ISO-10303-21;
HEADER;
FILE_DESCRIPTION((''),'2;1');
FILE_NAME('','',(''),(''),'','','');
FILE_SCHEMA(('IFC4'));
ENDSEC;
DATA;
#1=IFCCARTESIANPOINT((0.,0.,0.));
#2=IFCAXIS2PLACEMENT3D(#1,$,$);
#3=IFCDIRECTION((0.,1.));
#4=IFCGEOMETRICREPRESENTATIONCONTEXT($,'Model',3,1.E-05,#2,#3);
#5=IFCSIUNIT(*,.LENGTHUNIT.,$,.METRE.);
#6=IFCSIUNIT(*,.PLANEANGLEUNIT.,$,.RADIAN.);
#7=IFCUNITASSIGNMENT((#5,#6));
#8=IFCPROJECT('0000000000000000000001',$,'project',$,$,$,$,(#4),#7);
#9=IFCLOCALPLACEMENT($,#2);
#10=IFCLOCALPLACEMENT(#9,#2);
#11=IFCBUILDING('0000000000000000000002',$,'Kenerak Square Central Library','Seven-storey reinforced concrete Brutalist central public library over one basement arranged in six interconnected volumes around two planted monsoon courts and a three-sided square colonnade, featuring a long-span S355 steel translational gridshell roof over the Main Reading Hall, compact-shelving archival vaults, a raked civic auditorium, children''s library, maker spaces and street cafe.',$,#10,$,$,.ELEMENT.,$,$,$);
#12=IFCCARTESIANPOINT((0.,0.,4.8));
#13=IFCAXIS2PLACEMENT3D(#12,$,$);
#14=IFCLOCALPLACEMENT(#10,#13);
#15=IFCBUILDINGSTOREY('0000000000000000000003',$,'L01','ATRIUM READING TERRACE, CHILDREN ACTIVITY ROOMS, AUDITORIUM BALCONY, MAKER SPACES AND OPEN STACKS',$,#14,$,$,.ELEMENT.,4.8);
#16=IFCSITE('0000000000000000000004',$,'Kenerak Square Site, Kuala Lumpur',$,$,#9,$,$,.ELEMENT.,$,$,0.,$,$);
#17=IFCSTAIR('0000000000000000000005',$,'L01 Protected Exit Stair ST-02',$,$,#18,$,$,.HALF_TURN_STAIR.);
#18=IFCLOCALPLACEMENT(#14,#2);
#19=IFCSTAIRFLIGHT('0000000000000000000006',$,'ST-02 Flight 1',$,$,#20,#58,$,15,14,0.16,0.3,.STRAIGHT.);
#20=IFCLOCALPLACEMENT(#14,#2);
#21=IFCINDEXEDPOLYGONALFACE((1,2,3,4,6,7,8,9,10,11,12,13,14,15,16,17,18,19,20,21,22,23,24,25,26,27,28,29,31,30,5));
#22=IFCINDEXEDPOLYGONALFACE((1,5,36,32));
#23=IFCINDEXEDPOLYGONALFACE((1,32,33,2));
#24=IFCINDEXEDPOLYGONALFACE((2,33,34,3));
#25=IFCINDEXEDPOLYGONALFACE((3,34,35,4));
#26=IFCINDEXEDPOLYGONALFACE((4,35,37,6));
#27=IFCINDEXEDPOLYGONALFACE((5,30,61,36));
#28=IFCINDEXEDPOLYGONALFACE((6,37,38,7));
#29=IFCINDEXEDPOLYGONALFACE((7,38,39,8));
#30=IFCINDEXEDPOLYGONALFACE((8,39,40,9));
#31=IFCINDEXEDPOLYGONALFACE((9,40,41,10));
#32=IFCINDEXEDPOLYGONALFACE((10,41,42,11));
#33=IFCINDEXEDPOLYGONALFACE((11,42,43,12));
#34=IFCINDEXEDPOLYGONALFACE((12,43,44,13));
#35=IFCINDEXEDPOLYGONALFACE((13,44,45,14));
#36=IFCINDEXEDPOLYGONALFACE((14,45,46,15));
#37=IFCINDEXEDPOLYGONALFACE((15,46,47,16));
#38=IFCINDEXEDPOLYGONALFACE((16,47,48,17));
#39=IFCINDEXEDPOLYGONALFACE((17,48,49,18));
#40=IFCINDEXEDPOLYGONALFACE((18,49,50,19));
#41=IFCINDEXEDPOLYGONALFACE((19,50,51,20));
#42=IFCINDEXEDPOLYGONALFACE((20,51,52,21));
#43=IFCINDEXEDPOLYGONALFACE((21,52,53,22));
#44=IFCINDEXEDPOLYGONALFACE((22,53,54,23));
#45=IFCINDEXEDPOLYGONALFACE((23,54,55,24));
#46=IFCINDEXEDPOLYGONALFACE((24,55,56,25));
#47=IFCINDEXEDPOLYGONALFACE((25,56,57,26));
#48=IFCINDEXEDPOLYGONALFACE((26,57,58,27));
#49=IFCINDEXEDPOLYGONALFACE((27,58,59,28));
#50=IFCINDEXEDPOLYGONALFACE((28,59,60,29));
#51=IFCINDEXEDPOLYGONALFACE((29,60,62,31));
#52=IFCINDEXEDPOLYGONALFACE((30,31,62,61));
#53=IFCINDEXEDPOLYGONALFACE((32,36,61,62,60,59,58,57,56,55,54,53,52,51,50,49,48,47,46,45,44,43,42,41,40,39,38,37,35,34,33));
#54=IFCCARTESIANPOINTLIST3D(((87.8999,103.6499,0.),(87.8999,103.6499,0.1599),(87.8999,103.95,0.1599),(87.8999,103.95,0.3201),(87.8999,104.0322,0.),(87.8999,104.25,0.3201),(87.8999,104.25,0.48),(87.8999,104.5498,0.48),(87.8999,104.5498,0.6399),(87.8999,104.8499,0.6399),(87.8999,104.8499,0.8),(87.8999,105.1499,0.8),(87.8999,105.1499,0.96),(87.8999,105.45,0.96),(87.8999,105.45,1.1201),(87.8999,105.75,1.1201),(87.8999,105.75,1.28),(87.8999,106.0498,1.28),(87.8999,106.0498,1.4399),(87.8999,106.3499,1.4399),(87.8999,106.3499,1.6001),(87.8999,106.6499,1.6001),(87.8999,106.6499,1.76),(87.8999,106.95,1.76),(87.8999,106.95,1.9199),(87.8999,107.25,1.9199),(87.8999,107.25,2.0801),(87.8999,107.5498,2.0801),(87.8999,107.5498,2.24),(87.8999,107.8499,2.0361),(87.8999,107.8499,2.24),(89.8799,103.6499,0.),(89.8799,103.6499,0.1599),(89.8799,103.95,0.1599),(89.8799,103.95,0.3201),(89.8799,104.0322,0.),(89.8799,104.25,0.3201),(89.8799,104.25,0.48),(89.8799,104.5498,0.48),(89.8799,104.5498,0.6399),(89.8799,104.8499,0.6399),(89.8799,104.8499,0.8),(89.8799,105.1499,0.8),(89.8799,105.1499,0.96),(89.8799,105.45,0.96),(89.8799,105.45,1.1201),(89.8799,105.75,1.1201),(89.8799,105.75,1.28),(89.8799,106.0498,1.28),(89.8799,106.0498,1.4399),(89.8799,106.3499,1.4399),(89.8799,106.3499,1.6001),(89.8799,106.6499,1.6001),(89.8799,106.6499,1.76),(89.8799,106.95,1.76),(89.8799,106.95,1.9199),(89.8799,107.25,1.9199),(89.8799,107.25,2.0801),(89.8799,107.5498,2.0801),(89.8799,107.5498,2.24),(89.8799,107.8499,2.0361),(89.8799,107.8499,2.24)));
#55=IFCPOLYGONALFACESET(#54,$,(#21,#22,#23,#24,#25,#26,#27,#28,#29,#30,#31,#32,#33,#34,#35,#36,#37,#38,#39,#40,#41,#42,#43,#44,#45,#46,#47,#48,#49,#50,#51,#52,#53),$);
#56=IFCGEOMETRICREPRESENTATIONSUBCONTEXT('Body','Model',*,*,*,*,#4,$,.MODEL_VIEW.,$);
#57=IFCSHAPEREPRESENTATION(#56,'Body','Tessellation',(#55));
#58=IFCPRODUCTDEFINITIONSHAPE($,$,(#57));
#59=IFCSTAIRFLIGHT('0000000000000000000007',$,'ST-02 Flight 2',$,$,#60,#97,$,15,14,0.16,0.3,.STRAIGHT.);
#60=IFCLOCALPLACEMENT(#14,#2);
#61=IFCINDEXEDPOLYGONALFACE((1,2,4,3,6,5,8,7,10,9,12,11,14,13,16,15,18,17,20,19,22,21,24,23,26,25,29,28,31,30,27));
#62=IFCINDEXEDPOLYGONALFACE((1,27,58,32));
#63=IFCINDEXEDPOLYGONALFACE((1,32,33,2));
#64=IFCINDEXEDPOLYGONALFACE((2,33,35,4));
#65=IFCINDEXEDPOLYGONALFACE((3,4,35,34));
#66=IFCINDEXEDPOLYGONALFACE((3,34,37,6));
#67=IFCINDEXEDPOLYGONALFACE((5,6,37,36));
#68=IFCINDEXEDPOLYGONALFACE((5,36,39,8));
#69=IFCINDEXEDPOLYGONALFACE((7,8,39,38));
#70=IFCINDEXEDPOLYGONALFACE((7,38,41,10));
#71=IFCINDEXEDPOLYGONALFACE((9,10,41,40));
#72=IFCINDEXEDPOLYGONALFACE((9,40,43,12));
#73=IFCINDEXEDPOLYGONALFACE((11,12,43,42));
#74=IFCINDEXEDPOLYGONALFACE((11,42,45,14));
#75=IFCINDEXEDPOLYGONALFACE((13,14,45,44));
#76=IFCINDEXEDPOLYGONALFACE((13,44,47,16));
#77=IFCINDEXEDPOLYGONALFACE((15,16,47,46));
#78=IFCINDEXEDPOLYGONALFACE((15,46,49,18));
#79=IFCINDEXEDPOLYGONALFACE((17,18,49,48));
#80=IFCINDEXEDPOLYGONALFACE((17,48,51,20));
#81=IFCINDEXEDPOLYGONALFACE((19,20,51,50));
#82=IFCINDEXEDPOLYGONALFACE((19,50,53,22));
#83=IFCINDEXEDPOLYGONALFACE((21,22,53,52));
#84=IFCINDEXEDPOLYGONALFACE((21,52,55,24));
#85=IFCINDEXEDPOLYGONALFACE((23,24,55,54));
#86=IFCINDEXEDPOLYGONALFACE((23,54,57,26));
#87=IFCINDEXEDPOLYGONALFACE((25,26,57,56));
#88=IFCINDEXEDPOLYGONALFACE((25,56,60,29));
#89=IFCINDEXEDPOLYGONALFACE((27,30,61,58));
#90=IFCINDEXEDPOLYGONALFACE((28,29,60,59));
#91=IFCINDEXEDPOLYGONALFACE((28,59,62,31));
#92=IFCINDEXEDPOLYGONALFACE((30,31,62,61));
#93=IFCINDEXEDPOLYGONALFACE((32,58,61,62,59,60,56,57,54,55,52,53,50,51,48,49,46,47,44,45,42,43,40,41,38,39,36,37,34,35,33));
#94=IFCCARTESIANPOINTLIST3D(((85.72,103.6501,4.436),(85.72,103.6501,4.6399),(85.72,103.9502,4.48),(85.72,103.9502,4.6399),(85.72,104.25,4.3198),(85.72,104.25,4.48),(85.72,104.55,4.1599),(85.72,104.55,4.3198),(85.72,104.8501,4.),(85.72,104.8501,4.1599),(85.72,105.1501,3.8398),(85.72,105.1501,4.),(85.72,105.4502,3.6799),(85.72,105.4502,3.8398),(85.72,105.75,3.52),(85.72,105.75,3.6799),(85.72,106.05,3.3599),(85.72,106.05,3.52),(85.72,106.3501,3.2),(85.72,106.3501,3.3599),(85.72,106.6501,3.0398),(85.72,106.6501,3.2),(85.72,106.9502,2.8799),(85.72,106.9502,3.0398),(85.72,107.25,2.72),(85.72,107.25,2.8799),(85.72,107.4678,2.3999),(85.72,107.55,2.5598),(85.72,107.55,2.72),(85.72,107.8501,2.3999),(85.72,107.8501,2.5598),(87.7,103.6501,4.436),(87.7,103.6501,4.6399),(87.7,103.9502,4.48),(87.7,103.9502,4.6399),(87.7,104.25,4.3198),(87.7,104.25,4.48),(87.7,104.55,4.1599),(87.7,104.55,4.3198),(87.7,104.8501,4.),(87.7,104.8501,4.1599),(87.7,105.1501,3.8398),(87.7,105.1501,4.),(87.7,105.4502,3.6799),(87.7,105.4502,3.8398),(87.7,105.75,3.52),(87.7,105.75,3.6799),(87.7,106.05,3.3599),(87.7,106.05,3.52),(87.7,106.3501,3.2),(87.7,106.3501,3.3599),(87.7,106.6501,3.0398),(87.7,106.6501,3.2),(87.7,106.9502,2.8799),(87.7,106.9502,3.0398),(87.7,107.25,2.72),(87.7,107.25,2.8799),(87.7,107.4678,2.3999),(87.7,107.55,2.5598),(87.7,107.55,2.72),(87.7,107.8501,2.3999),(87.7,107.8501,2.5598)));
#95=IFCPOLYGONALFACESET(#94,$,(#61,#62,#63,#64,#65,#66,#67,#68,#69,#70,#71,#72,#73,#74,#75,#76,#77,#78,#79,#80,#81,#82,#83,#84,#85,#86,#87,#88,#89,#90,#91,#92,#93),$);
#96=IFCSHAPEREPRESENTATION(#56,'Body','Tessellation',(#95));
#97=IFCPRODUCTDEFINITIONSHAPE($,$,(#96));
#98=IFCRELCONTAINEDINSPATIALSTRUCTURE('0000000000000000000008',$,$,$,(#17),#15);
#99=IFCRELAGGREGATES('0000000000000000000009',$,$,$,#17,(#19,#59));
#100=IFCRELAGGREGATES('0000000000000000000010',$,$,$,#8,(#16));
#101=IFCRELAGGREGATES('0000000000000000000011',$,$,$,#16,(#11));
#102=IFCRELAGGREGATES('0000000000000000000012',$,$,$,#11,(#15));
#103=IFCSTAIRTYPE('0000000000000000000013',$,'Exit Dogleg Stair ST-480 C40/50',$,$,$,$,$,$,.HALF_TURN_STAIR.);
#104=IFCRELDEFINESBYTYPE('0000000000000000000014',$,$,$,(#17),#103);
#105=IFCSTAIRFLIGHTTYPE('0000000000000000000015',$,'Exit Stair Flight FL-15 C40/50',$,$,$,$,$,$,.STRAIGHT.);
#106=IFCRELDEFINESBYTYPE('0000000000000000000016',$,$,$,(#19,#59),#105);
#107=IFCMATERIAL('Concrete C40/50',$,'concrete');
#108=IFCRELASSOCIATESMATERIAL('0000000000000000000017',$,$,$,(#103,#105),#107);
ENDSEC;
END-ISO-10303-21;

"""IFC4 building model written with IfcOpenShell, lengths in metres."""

from ifc_helpers import new_model, si_unit, direction, frame, origin, place, context, subcontext, project, spatial, polyline, outline, extrude, material, type_object, element, aggregate, save


model = new_model("IFC4")

# Units and contexts
model_context = context("Model", 3, precision=1e-05, world=origin(), true_north=direction((0.0, 1.0)))
body_context = subcontext(model_context, "Body", "Model", "MODEL_VIEW")
ifc_project = project(units=[si_unit("LENGTHUNIT", "METRE"), si_unit("PLANEANGLEUNIT", "RADIAN")], contexts=[model_context])

# Site, building, storey
site_placement = place(None, origin())
site = spatial("IfcSite", under=ifc_project, at=site_placement, Name="Kenerak Square Site, Kuala Lumpur", CompositionType="ELEMENT", RefElevation=0.0)
building_placement = place(site_placement, origin())
building = spatial("IfcBuilding", under=site, at=building_placement, Name="Kenerak Square Central Library", Description="Seven-storey reinforced concrete Brutalist central public library over one basement arranged in six interconnected volumes around two planted monsoon courts and a three-sided square colonnade, featuring a long-span S355 steel translational gridshell roof over the Main Reading Hall, compact-shelving archival vaults, a raked civic auditorium, children's library, maker spaces and street cafe.", CompositionType="ELEMENT")
storey_placement = place(building_placement, frame((0.0, 0.0, 4.8)))
storey = spatial("IfcBuildingStorey", under=building, at=storey_placement, Name="L01", Description="ATRIUM READING TERRACE, CHILDREN ACTIVITY ROOMS, AUDITORIUM BALCONY, MAKER SPACES AND OPEN STACKS", CompositionType="ELEMENT", Elevation=4.8)

# Shared definitions
ifc_material_1 = material(Name="Concrete C40/50", Category="concrete")

# Stair, stair flights
stair_type = type_object("IfcStairType", Name="Exit Dogleg Stair ST-480 C40/50", PredefinedType="HALF_TURN_STAIR", material=ifc_material_1)
stair_placement = place(storey_placement, origin())
stair = element("IfcStair", 1, at=stair_placement, inside=storey, type_object=stair_type, Name="L01 Protected Exit Stair ST-02", PredefinedType="HALF_TURN_STAIR")
stair_flight_type = type_object("IfcStairFlightType", Name="Exit Stair Flight FL-15 C40/50", PredefinedType="STRAIGHT", material=ifc_material_1)
stair_flight_1_placement = place(storey_placement, frame((88.8899, 103.6499, 0.0), z_axis=(0.0, 0.0, 1.0), x_axis=(0.0, 1.0, 0.0)))
stair_flight_1 = element("IfcStairFlight", 2, at=stair_flight_1_placement, type_object=stair_flight_type, Name="ST-02 Flight 1", NumberOfRisers=15, NumberOfTreads=14, PredefinedType="STRAIGHT", RiserHeight=0.16, TreadLength=0.3, context=body_context, shape_type="SweptSolid", body=[
    extrude(outline(polyline([(0.0, 0.0), (0.0, 0.1599), (0.3, 0.1599), (0.3, 0.3201), (0.6001, 0.3201), (0.6001, 0.48), (0.8999, 0.48), (0.8999, 0.6399), (1.2, 0.6399), (1.2, 0.8), (1.5, 0.8), (1.5, 0.96), (1.8, 0.96), (1.8, 1.1201), (2.1001, 1.1201), (2.1001, 1.28), (2.3999, 1.28), (2.3999, 1.4399), (2.7, 1.4399), (2.7, 1.6001), (3.0, 1.6001), (3.0, 1.76), (3.3, 1.76), (3.3, 1.9199), (3.6001, 1.9199), (3.6001, 2.0801), (3.8999, 2.0801), (3.8999, 2.24), (4.2, 2.24), (4.2, 2.3999), (4.2, 2.0361), (0.3823, 0.0), (0.0, 0.0)])), frame((0.0, 0.99, 0.0), z_axis=(0.0, -1.0, 0.0), x_axis=(1.0, 0.0, 0.0)), (0.0, 0.0, 1.0), 1.98),
])
stair_flight_2_placement = place(storey_placement, frame((86.71, 107.8501, 2.3999), z_axis=(0.0, 0.0, 1.0), x_axis=(0.0, -1.0, 0.0)))
stair_flight_2 = element("IfcStairFlight", 3, at=stair_flight_2_placement, type_object=stair_flight_type, Name="ST-02 Flight 2", NumberOfRisers=15, NumberOfTreads=14, PredefinedType="STRAIGHT", RiserHeight=0.16, TreadLength=0.3, context=body_context, shape_type="SweptSolid", body=[
    extrude(outline(polyline([(0.0, 0.0), (0.0, 0.1599), (0.3, 0.1599), (0.3, 0.3201), (0.6001, 0.3201), (0.6001, 0.48), (0.8999, 0.48), (0.8999, 0.6399), (1.2, 0.6399), (1.2, 0.8), (1.5, 0.8), (1.5, 0.96), (1.8, 0.96), (1.8, 1.1201), (2.1001, 1.1201), (2.1001, 1.28), (2.3999, 1.28), (2.3999, 1.4399), (2.7, 1.4399), (2.7, 1.6001), (3.0, 1.6001), (3.0, 1.76), (3.3, 1.76), (3.3, 1.9199), (3.6001, 1.9199), (3.6001, 2.0801), (3.8999, 2.0801), (3.8999, 2.24), (4.2, 2.24), (4.2, 2.3999), (4.2, 2.0361), (0.3823, 0.0), (0.0, 0.0)])), frame((0.0, 0.99, 0.0), z_axis=(0.0, -1.0, 0.0), x_axis=(1.0, 0.0, 0.0)), (0.0, 0.0, 1.0), 1.98),
])
aggregate(stair, [stair_flight_1, stair_flight_2])

save(model, "model.ifc")
